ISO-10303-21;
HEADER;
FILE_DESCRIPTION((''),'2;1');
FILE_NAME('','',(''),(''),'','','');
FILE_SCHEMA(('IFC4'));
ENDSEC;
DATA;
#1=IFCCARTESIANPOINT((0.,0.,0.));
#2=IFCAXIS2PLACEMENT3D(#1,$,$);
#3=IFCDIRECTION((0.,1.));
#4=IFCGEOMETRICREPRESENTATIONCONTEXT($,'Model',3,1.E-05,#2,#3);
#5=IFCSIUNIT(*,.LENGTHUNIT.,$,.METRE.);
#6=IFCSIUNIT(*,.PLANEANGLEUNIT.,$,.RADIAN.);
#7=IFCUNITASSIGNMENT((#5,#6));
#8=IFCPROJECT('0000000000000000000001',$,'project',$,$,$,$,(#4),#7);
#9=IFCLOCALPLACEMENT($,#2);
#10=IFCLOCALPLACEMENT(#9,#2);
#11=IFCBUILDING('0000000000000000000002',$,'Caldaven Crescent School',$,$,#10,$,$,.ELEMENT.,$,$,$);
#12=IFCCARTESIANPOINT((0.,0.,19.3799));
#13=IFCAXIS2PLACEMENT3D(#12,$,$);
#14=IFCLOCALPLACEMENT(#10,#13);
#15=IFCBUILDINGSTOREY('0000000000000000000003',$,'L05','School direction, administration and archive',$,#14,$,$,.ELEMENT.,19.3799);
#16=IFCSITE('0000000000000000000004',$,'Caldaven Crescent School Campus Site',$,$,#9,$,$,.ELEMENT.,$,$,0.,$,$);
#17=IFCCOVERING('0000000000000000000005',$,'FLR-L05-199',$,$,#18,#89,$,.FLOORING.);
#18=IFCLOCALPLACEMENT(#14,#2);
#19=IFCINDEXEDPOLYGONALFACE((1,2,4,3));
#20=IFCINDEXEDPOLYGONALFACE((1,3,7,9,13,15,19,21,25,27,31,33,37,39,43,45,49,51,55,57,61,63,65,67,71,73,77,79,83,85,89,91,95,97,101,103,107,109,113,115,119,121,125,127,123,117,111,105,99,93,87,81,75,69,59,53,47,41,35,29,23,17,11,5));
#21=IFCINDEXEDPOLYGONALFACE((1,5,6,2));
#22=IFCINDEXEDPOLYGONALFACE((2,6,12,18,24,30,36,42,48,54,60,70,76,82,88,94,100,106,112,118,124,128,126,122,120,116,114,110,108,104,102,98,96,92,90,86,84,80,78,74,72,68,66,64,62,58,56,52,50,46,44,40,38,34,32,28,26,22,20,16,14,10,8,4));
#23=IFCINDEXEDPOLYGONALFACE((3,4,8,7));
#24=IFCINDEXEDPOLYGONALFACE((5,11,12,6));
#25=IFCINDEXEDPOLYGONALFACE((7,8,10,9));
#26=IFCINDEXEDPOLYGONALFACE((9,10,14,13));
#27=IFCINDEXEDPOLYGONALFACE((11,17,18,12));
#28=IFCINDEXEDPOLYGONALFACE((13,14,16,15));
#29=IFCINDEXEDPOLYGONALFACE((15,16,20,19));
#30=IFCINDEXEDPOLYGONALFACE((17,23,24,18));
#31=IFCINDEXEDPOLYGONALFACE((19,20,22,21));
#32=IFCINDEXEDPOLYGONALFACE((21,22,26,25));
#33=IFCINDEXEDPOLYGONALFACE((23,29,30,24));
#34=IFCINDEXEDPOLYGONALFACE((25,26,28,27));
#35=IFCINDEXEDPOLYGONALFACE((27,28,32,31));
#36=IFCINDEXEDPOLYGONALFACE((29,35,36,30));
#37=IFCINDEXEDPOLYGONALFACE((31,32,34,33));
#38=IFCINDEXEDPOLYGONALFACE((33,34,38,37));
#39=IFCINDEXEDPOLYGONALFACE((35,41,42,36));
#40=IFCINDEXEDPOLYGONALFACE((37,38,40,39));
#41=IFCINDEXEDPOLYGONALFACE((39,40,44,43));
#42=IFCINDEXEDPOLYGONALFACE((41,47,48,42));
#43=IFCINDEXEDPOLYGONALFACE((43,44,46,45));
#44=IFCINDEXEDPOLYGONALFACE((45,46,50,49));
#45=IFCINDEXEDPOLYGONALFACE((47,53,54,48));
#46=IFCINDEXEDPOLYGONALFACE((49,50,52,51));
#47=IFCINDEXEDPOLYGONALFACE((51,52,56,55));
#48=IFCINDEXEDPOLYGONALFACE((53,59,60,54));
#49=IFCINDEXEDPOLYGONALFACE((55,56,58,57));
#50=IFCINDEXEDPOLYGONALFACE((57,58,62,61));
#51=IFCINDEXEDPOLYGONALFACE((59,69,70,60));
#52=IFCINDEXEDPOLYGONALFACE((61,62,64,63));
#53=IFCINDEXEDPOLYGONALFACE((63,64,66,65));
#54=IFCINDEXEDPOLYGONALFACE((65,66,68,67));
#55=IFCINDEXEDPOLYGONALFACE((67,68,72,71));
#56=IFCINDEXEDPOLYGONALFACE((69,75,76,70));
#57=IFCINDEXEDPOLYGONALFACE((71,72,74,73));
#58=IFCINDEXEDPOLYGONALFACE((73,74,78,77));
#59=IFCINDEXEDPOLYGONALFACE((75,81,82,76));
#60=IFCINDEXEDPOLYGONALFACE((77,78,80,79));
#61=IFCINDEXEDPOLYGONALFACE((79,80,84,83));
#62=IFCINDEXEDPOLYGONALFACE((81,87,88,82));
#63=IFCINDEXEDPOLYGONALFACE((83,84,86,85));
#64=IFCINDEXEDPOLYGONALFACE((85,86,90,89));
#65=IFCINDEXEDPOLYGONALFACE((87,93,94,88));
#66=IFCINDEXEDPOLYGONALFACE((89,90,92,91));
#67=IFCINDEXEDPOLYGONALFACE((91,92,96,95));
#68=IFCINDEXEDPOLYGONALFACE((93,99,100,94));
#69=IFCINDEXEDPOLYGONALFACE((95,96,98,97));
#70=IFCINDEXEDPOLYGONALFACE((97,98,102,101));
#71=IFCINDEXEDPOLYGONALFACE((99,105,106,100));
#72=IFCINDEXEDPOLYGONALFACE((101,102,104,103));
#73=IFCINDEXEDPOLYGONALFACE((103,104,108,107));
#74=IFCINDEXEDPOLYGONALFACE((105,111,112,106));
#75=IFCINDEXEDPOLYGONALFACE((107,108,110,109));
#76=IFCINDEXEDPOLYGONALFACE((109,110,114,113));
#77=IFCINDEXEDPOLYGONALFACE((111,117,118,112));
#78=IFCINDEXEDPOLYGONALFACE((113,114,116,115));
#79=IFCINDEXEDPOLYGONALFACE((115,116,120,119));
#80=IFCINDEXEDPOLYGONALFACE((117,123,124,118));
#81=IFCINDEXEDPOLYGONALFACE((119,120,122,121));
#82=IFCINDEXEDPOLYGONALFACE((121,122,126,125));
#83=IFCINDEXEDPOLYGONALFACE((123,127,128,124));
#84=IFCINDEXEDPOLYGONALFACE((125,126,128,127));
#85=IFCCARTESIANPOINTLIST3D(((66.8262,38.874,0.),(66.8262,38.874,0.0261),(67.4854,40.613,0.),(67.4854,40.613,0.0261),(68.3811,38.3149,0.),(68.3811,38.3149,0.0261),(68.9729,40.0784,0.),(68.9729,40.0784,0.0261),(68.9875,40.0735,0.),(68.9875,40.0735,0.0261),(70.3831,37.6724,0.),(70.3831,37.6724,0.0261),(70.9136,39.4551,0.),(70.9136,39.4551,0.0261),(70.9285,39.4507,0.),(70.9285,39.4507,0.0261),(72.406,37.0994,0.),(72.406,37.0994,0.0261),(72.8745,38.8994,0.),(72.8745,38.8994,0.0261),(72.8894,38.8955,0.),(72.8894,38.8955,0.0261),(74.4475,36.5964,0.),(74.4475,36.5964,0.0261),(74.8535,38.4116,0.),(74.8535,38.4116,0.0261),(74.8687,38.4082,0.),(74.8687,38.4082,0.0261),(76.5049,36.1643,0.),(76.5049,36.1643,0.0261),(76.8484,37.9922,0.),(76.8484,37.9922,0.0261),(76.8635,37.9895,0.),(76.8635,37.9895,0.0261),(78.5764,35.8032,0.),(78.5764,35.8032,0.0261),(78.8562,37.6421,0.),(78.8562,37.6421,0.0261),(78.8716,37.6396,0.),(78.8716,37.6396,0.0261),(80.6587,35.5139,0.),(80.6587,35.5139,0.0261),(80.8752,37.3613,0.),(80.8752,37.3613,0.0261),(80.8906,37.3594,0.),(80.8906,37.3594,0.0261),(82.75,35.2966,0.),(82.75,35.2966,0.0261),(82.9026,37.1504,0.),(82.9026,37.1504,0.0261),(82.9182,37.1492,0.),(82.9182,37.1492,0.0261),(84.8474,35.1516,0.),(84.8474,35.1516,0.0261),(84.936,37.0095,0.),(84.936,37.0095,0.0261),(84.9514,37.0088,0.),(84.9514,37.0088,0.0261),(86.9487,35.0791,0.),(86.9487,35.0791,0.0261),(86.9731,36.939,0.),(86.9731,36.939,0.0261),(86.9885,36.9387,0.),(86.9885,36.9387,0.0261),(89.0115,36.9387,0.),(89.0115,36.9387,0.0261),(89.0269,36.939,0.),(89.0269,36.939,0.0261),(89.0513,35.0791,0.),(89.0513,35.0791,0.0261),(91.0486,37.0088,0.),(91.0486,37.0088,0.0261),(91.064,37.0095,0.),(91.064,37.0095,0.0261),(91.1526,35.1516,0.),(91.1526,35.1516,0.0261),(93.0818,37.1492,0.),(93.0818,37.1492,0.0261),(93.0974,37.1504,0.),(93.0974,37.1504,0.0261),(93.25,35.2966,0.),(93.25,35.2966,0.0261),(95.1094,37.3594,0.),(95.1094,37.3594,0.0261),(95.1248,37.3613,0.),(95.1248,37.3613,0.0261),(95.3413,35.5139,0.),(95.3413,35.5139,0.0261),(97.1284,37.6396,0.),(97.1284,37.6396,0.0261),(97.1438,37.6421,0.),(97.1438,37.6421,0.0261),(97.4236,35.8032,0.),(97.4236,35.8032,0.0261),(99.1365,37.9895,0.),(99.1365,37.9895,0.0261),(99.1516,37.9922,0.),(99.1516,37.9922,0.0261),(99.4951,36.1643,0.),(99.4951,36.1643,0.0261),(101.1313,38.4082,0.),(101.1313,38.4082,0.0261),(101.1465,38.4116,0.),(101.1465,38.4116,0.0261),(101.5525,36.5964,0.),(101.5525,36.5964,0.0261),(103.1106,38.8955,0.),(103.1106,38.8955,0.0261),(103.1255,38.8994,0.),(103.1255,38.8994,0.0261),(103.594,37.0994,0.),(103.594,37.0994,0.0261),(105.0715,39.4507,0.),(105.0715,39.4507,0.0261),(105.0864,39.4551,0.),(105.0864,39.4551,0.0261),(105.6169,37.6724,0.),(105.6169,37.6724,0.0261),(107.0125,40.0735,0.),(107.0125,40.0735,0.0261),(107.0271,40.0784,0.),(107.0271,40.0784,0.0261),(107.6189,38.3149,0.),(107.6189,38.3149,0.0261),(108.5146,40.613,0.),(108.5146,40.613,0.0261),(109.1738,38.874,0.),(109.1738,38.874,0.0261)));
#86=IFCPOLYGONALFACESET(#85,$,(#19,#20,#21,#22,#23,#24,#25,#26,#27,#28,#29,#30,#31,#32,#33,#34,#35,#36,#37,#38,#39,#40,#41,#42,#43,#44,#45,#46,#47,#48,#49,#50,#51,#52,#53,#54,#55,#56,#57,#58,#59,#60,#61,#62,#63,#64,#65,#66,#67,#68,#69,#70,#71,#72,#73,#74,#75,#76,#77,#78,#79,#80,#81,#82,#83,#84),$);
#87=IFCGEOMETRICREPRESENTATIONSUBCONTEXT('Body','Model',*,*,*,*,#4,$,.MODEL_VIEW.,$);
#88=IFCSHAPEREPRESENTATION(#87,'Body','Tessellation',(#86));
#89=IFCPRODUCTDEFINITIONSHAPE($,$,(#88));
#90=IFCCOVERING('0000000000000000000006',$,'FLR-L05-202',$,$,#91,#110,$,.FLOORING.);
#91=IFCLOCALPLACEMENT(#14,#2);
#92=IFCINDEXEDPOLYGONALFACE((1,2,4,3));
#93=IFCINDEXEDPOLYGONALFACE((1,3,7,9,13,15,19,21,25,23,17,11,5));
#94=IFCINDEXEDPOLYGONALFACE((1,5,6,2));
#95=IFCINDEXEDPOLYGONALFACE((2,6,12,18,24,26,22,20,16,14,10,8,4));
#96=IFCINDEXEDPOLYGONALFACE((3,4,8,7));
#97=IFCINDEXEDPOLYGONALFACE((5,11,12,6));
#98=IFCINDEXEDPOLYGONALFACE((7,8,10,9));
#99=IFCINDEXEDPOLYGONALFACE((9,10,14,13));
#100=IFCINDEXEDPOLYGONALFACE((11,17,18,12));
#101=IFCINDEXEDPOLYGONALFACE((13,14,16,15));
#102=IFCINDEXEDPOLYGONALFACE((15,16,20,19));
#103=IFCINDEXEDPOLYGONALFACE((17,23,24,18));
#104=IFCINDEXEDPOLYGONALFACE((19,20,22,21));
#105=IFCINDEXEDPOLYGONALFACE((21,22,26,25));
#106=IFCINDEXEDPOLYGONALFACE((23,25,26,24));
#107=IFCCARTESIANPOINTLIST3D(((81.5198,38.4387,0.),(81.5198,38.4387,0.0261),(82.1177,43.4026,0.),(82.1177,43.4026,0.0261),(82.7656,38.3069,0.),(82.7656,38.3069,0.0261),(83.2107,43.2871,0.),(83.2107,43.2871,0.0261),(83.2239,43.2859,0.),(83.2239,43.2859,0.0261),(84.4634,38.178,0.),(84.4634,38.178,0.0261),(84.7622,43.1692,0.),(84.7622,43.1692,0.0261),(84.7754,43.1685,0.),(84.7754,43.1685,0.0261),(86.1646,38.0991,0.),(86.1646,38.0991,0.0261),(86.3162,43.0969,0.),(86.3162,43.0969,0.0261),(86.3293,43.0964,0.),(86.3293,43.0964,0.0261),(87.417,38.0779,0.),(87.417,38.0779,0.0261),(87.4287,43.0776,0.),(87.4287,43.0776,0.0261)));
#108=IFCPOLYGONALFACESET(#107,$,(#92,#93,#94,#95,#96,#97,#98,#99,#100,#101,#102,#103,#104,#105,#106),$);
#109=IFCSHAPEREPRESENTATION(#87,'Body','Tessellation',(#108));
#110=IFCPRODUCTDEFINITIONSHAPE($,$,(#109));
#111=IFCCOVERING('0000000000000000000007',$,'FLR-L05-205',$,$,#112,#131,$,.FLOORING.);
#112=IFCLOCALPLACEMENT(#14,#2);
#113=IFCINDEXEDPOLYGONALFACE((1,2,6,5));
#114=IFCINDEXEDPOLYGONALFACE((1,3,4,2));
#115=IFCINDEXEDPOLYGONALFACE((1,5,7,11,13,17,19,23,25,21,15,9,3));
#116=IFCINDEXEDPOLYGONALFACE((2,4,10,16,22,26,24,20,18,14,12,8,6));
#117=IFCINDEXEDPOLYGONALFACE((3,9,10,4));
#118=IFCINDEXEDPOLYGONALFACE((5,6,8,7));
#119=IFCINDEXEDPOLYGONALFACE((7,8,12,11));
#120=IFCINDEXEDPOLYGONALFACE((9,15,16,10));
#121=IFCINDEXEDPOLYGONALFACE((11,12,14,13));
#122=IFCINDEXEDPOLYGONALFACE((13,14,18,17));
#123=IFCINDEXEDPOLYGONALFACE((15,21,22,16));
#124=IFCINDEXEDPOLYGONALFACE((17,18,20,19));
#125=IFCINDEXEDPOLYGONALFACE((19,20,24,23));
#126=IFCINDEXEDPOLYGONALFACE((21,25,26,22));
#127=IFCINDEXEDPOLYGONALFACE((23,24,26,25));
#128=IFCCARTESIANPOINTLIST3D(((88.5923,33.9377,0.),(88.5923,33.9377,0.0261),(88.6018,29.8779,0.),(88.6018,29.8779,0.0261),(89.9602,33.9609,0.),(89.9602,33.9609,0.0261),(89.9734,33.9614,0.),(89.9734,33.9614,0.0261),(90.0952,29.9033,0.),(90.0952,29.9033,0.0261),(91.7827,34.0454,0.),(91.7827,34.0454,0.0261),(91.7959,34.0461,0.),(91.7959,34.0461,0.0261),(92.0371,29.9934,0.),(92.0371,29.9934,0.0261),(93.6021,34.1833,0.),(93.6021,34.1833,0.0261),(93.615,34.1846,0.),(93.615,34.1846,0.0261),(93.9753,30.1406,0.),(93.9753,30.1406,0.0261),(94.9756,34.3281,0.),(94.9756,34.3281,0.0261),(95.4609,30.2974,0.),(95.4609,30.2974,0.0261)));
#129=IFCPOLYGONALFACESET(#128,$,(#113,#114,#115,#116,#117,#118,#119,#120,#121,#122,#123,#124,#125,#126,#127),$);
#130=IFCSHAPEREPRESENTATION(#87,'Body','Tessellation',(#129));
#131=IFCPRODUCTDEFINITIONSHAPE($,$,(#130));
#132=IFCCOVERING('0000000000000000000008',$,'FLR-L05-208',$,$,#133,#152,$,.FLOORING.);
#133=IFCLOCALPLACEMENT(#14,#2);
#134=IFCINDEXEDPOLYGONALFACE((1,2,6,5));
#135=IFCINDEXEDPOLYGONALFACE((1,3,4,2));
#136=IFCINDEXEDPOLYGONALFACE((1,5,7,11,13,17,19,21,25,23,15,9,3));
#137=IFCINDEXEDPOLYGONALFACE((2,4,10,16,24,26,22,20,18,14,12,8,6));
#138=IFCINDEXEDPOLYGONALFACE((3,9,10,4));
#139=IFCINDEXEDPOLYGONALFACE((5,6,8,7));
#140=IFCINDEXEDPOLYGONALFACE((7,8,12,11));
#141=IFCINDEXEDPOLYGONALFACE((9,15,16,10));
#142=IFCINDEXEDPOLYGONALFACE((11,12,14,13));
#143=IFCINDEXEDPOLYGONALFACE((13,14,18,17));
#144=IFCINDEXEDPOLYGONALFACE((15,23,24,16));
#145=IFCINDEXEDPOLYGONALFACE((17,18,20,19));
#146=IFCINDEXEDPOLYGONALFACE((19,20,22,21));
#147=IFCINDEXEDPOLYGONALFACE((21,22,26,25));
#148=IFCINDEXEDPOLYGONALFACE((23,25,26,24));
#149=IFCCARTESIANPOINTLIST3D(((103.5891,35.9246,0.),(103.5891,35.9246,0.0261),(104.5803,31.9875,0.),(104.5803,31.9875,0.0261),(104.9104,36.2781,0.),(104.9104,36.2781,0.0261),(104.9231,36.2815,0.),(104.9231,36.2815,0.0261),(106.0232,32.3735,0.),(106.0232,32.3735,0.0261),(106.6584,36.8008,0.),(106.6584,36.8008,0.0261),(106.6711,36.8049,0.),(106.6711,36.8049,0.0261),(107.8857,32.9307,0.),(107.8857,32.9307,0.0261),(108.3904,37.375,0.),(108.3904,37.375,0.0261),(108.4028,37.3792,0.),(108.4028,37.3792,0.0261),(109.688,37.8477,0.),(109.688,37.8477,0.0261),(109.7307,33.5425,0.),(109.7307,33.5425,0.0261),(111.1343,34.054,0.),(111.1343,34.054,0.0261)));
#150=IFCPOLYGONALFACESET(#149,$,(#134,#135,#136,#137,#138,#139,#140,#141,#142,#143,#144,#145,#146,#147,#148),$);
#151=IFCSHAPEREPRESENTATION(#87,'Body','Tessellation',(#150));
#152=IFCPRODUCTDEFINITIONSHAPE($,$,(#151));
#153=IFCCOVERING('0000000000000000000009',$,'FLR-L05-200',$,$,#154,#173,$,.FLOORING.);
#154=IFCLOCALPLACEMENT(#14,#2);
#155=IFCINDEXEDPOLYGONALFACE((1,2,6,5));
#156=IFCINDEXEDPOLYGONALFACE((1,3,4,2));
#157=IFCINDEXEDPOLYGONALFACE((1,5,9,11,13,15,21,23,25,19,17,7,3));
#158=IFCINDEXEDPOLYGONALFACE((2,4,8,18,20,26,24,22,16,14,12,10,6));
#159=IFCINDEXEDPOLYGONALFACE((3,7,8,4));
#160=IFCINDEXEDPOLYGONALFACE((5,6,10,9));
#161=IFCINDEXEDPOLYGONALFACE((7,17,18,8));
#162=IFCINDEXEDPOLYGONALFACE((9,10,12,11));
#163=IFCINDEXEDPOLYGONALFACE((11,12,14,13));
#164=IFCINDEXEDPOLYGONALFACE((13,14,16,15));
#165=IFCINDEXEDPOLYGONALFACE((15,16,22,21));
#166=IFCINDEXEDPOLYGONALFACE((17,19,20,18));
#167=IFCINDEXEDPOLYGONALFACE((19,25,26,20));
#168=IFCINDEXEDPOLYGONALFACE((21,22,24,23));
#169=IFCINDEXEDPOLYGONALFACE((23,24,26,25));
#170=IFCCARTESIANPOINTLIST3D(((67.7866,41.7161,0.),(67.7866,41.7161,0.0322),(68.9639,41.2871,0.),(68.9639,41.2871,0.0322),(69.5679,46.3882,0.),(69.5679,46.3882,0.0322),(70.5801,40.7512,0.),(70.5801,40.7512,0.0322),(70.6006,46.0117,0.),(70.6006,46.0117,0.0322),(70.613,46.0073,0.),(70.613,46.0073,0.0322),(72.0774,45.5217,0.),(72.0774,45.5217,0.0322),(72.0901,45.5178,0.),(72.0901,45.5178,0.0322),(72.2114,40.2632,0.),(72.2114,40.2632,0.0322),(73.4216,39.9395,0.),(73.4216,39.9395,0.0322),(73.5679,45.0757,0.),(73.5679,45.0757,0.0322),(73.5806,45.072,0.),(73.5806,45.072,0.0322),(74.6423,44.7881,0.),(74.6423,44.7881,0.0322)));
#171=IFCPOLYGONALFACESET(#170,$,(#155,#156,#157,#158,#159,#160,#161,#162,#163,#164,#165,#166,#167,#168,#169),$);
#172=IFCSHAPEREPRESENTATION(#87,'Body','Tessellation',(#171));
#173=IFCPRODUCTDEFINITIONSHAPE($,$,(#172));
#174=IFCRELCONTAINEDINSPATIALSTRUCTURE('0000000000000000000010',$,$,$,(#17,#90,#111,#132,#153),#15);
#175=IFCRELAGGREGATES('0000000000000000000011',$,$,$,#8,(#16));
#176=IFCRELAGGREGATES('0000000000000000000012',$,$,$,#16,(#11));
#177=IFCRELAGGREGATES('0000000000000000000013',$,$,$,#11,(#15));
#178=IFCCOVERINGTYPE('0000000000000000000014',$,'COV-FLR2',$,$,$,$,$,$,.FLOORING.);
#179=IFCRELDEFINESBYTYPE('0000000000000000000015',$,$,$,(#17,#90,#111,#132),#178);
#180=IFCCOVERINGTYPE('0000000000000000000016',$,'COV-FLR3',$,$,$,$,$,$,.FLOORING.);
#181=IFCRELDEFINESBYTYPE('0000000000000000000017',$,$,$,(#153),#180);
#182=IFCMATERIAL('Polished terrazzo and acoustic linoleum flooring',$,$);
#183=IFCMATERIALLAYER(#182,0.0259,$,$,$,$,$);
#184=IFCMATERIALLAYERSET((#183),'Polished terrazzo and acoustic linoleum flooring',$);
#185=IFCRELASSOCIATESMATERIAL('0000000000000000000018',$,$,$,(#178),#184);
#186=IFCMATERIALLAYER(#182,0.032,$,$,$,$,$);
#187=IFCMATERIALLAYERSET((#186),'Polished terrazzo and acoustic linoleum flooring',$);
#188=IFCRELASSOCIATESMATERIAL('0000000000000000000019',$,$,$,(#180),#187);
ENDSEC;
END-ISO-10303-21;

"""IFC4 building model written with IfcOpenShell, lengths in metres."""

from ifc_helpers import new_model, si_unit, direction, frame, origin, place, context, subcontext, project, spatial, polyline, outline, extrude, material, layer, layer_set, type_object, element, save


model = new_model("IFC4")

# Units and contexts
model_context = context("Model", 3, precision=1e-05, world=origin(), true_north=direction((0.0, 1.0)))
body_context = subcontext(model_context, "Body", "Model", "MODEL_VIEW")
ifc_project = project(units=[si_unit("LENGTHUNIT", "METRE"), si_unit("PLANEANGLEUNIT", "RADIAN")], contexts=[model_context])

# Site, building, storey
site_placement = place(None, origin())
site = spatial("IfcSite", under=ifc_project, at=site_placement, Name="Caldaven Crescent School Campus Site", CompositionType="ELEMENT", RefElevation=0.0)
building_placement = place(site_placement, origin())
building = spatial("IfcBuilding", under=site, at=building_placement, Name="Caldaven Crescent School", CompositionType="ELEMENT")
storey_placement = place(building_placement, frame((0.0, 0.0, 19.3799)))
storey = spatial("IfcBuildingStorey", under=building, at=storey_placement, Name="L05", Description="School direction, administration and archive", CompositionType="ELEMENT", Elevation=19.3799)

# Coverings
ifc_material_1 = material(Name="Polished terrazzo and acoustic linoleum flooring")
ifc_layer_1 = layer(ifc_material_1, 0.0259)
ifc_layer_set_1 = layer_set([ifc_layer_1], Name="Polished terrazzo and acoustic linoleum flooring")
covering_type_1 = type_object("IfcCoveringType", Name="COV-FLR2", PredefinedType="FLOORING", material=ifc_layer_set_1)
covering_1_placement = place(storey_placement, origin())
element("IfcCovering", 1, at=covering_1_placement, inside=storey, type_object=covering_type_1, Name="FLR-L05-199", PredefinedType="FLOORING", context=body_context, shape_type="SweptSolid", body=[
    extrude(outline(polyline([(67.4854, 40.613), (68.9729, 40.0784), (68.9875, 40.0735), (70.9136, 39.4551), (70.9285, 39.4507), (72.8745, 38.8994), (72.8894, 38.8955), (74.8535, 38.4116), (74.8687, 38.4082), (76.8484, 37.9922), (76.8635, 37.9895), (78.8562, 37.6421), (78.8716, 37.6396), (80.8752, 37.3613), (80.8906, 37.3594), (82.9026, 37.1504), (82.9182, 37.1492), (84.936, 37.0095), (84.9514, 37.0088), (86.9731, 36.939), (86.9885, 36.9387), (89.0115, 36.9387), (89.0269, 36.939), (91.0486, 37.0088), (91.064, 37.0095), (93.0818, 37.1492), (93.0974, 37.1504), (95.1094, 37.3594), (95.1248, 37.3613), (97.1284, 37.6396), (97.1438, 37.6421), (99.1365, 37.9895), (99.1516, 37.9922), (101.1313, 38.4082), (101.1465, 38.4116), (103.1106, 38.8955), (103.1255, 38.8994), (105.0715, 39.4507), (105.0864, 39.4551), (107.0125, 40.0735), (107.0271, 40.0784), (108.5146, 40.613), (109.1738, 38.874), (107.6189, 38.3149), (105.6169, 37.6724), (103.594, 37.0994), (101.5525, 36.5964), (99.4951, 36.1643), (97.4236, 35.8032), (95.3413, 35.5139), (93.25, 35.2966), (91.1526, 35.1516), (89.0513, 35.0791), (86.9487, 35.0791), (84.8474, 35.1516), (82.75, 35.2966), (80.6587, 35.5139), (78.5764, 35.8032), (76.5049, 36.1643), (74.4475, 36.5964), (72.406, 37.0994), (70.3831, 37.6724), (68.3811, 38.3149), (66.8262, 38.874), (67.4854, 40.613)])), origin(), (0.0, 0.0, 1.0), 0.0261),
])
covering_2_placement = place(storey_placement, origin())
element("IfcCovering", 2, at=covering_2_placement, inside=storey, type_object=covering_type_1, Name="FLR-L05-202", PredefinedType="FLOORING", context=body_context, shape_type="SweptSolid", body=[
    extrude(outline(polyline([(82.1177, 43.4026), (83.2107, 43.2871), (83.2239, 43.2859), (84.7622, 43.1692), (84.7754, 43.1685), (86.3162, 43.0969), (86.3293, 43.0964), (87.4287, 43.0776), (87.417, 38.0779), (86.1646, 38.0991), (84.4634, 38.178), (82.7656, 38.3069), (81.5198, 38.4387), (82.1177, 43.4026)])), origin(), (0.0, 0.0, 1.0), 0.0261),
])
covering_3_placement = place(storey_placement, origin())
element("IfcCovering", 3, at=covering_3_placement, inside=storey, type_object=covering_type_1, Name="FLR-L05-205", PredefinedType="FLOORING", context=body_context, shape_type="SweptSolid", body=[
    extrude(outline(polyline([(88.5923, 33.9377), (89.9602, 33.9609), (89.9734, 33.9614), (91.7827, 34.0454), (91.7959, 34.0461), (93.6021, 34.1833), (93.615, 34.1846), (94.9756, 34.3281), (95.4609, 30.2974), (93.9753, 30.1406), (92.0371, 29.9934), (90.0952, 29.9033), (88.6018, 29.8779), (88.5923, 33.9377)])), origin(), (0.0, 0.0, 1.0), 0.0261),
])
covering_4_placement = place(storey_placement, origin())
element("IfcCovering", 4, at=covering_4_placement, inside=storey, type_object=covering_type_1, Name="FLR-L05-208", PredefinedType="FLOORING", context=body_context, shape_type="SweptSolid", body=[
    extrude(outline(polyline([(103.5891, 35.9246), (104.9104, 36.2781), (104.9231, 36.2815), (106.6584, 36.8008), (106.6711, 36.8049), (108.3904, 37.375), (108.4028, 37.3792), (109.688, 37.8477), (111.1343, 34.054), (109.7307, 33.5425), (107.8857, 32.9307), (106.0232, 32.3735), (104.5803, 31.9875), (103.5891, 35.9246)])), origin(), (0.0, 0.0, 1.0), 0.0261),
])
ifc_layer_2 = layer(ifc_material_1, 0.032)
ifc_layer_set_2 = layer_set([ifc_layer_2], Name="Polished terrazzo and acoustic linoleum flooring")
covering_type_2 = type_object("IfcCoveringType", Name="COV-FLR3", PredefinedType="FLOORING", material=ifc_layer_set_2)
covering_5_placement = place(storey_placement, origin())
element("IfcCovering", 5, at=covering_5_placement, inside=storey, type_object=covering_type_2, Name="FLR-L05-200", PredefinedType="FLOORING", context=body_context, shape_type="SweptSolid", body=[
    extrude(outline(polyline([(69.5679, 46.3882), (70.6006, 46.0117), (70.613, 46.0073), (72.0774, 45.5217), (72.0901, 45.5178), (73.5679, 45.0757), (73.5806, 45.072), (74.6423, 44.7881), (73.4216, 39.9395), (72.2114, 40.2632), (70.5801, 40.7512), (68.9639, 41.2871), (67.7866, 41.7161), (69.5679, 46.3882)])), origin(), (0.0, 0.0, 1.0), 0.0322),
])

save(model, "model.ifc")
